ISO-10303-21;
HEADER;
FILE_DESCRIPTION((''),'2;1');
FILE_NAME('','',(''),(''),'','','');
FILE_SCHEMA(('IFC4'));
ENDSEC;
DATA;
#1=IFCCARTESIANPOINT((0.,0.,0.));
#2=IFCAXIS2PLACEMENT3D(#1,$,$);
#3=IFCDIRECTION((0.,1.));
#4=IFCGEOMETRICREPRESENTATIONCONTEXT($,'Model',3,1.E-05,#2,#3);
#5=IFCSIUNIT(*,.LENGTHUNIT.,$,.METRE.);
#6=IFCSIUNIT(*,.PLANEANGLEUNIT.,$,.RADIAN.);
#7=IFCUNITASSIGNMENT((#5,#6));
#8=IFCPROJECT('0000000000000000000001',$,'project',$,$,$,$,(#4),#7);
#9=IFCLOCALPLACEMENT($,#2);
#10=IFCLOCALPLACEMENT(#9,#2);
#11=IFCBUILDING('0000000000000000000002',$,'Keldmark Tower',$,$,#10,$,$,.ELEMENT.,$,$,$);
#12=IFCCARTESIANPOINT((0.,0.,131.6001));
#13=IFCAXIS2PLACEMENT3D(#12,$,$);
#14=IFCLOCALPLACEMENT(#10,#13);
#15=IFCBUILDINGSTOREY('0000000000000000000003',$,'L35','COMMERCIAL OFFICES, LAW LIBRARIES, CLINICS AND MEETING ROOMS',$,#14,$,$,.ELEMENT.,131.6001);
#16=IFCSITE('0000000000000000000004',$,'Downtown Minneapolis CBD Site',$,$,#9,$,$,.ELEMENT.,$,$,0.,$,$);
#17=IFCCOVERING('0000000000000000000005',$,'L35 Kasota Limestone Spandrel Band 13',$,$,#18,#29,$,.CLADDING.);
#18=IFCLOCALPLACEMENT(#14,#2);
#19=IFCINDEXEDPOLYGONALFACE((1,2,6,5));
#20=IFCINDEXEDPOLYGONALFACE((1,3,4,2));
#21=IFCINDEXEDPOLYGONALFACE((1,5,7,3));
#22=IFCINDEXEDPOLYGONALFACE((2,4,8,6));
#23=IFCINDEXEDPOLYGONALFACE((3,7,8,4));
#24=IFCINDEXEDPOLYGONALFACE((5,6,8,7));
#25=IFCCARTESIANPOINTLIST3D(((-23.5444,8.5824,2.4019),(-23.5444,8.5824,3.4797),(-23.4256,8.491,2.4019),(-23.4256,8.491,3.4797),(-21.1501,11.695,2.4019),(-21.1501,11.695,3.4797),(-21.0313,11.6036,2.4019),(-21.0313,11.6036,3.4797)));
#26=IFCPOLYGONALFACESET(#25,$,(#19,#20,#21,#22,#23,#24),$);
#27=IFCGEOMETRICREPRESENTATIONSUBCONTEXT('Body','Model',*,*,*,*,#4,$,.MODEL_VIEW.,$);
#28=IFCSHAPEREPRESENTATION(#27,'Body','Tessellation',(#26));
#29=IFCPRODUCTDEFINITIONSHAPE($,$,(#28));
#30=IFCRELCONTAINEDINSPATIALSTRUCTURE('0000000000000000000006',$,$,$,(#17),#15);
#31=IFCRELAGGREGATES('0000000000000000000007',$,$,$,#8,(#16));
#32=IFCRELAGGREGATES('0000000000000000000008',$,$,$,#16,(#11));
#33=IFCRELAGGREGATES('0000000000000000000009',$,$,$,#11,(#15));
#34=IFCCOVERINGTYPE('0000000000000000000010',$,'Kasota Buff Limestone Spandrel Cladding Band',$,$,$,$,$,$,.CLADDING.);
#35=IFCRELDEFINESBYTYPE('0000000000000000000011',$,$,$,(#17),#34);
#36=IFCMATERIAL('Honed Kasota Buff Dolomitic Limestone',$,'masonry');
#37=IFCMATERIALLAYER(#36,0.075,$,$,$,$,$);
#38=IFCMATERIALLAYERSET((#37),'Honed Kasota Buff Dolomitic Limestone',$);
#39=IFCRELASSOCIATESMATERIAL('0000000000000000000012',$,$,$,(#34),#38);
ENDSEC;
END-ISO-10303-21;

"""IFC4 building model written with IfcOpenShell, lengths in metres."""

from ifc_helpers import new_model, si_unit, direction, frame, origin, origin_2d, place, context, subcontext, project, spatial, rectangle, extrude, material, layer, layer_set, type_object, element, save


model = new_model("IFC4")

# Units and contexts
model_context = context("Model", 3, precision=1e-05, world=origin(), true_north=direction((0.0, 1.0)))
body_context = subcontext(model_context, "Body", "Model", "MODEL_VIEW")
ifc_project = project(units=[si_unit("LENGTHUNIT", "METRE"), si_unit("PLANEANGLEUNIT", "RADIAN")], contexts=[model_context])

# Site, building, storey
site_placement = place(None, origin())
site = spatial("IfcSite", under=ifc_project, at=site_placement, Name="Downtown Minneapolis CBD Site", CompositionType="ELEMENT", RefElevation=0.0)
building_placement = place(site_placement, origin())
building = spatial("IfcBuilding", under=site, at=building_placement, Name="Keldmark Tower", CompositionType="ELEMENT")
storey_placement = place(building_placement, frame((0.0, 0.0, 131.6001)))
storey = spatial("IfcBuildingStorey", under=building, at=storey_placement, Name="L35", Description="COMMERCIAL OFFICES, LAW LIBRARIES, CLINICS AND MEETING ROOMS", CompositionType="ELEMENT", Elevation=131.6001)

# Covering
ifc_material_1 = material(Name="Honed Kasota Buff Dolomitic Limestone", Category="masonry")
ifc_layer_1 = layer(ifc_material_1, 0.075)
ifc_layer_set_1 = layer_set([ifc_layer_1], Name="Honed Kasota Buff Dolomitic Limestone")
covering_type = type_object("IfcCoveringType", Name="Kasota Buff Limestone Spandrel Cladding Band", PredefinedType="CLADDING", material=ifc_layer_set_1)
covering_placement = place(storey_placement, frame((-22.2878, 10.093, 2.4019), z_axis=(0.0, 0.0, 1.0), x_axis=(-0.609716, -0.79262, 0.0)))
element("IfcCovering", 1, at=covering_placement, inside=storey, type_object=covering_type, Name="L35 Kasota Limestone Spandrel Band 13", PredefinedType="CLADDING", context=body_context, shape_type="SweptSolid", body=[
    extrude(rectangle(XDim=3.927, YDim=0.1499, at=origin_2d()), origin(), (0.0, 0.0, 1.0), 1.0779),
])

save(model, "model.ifc")
